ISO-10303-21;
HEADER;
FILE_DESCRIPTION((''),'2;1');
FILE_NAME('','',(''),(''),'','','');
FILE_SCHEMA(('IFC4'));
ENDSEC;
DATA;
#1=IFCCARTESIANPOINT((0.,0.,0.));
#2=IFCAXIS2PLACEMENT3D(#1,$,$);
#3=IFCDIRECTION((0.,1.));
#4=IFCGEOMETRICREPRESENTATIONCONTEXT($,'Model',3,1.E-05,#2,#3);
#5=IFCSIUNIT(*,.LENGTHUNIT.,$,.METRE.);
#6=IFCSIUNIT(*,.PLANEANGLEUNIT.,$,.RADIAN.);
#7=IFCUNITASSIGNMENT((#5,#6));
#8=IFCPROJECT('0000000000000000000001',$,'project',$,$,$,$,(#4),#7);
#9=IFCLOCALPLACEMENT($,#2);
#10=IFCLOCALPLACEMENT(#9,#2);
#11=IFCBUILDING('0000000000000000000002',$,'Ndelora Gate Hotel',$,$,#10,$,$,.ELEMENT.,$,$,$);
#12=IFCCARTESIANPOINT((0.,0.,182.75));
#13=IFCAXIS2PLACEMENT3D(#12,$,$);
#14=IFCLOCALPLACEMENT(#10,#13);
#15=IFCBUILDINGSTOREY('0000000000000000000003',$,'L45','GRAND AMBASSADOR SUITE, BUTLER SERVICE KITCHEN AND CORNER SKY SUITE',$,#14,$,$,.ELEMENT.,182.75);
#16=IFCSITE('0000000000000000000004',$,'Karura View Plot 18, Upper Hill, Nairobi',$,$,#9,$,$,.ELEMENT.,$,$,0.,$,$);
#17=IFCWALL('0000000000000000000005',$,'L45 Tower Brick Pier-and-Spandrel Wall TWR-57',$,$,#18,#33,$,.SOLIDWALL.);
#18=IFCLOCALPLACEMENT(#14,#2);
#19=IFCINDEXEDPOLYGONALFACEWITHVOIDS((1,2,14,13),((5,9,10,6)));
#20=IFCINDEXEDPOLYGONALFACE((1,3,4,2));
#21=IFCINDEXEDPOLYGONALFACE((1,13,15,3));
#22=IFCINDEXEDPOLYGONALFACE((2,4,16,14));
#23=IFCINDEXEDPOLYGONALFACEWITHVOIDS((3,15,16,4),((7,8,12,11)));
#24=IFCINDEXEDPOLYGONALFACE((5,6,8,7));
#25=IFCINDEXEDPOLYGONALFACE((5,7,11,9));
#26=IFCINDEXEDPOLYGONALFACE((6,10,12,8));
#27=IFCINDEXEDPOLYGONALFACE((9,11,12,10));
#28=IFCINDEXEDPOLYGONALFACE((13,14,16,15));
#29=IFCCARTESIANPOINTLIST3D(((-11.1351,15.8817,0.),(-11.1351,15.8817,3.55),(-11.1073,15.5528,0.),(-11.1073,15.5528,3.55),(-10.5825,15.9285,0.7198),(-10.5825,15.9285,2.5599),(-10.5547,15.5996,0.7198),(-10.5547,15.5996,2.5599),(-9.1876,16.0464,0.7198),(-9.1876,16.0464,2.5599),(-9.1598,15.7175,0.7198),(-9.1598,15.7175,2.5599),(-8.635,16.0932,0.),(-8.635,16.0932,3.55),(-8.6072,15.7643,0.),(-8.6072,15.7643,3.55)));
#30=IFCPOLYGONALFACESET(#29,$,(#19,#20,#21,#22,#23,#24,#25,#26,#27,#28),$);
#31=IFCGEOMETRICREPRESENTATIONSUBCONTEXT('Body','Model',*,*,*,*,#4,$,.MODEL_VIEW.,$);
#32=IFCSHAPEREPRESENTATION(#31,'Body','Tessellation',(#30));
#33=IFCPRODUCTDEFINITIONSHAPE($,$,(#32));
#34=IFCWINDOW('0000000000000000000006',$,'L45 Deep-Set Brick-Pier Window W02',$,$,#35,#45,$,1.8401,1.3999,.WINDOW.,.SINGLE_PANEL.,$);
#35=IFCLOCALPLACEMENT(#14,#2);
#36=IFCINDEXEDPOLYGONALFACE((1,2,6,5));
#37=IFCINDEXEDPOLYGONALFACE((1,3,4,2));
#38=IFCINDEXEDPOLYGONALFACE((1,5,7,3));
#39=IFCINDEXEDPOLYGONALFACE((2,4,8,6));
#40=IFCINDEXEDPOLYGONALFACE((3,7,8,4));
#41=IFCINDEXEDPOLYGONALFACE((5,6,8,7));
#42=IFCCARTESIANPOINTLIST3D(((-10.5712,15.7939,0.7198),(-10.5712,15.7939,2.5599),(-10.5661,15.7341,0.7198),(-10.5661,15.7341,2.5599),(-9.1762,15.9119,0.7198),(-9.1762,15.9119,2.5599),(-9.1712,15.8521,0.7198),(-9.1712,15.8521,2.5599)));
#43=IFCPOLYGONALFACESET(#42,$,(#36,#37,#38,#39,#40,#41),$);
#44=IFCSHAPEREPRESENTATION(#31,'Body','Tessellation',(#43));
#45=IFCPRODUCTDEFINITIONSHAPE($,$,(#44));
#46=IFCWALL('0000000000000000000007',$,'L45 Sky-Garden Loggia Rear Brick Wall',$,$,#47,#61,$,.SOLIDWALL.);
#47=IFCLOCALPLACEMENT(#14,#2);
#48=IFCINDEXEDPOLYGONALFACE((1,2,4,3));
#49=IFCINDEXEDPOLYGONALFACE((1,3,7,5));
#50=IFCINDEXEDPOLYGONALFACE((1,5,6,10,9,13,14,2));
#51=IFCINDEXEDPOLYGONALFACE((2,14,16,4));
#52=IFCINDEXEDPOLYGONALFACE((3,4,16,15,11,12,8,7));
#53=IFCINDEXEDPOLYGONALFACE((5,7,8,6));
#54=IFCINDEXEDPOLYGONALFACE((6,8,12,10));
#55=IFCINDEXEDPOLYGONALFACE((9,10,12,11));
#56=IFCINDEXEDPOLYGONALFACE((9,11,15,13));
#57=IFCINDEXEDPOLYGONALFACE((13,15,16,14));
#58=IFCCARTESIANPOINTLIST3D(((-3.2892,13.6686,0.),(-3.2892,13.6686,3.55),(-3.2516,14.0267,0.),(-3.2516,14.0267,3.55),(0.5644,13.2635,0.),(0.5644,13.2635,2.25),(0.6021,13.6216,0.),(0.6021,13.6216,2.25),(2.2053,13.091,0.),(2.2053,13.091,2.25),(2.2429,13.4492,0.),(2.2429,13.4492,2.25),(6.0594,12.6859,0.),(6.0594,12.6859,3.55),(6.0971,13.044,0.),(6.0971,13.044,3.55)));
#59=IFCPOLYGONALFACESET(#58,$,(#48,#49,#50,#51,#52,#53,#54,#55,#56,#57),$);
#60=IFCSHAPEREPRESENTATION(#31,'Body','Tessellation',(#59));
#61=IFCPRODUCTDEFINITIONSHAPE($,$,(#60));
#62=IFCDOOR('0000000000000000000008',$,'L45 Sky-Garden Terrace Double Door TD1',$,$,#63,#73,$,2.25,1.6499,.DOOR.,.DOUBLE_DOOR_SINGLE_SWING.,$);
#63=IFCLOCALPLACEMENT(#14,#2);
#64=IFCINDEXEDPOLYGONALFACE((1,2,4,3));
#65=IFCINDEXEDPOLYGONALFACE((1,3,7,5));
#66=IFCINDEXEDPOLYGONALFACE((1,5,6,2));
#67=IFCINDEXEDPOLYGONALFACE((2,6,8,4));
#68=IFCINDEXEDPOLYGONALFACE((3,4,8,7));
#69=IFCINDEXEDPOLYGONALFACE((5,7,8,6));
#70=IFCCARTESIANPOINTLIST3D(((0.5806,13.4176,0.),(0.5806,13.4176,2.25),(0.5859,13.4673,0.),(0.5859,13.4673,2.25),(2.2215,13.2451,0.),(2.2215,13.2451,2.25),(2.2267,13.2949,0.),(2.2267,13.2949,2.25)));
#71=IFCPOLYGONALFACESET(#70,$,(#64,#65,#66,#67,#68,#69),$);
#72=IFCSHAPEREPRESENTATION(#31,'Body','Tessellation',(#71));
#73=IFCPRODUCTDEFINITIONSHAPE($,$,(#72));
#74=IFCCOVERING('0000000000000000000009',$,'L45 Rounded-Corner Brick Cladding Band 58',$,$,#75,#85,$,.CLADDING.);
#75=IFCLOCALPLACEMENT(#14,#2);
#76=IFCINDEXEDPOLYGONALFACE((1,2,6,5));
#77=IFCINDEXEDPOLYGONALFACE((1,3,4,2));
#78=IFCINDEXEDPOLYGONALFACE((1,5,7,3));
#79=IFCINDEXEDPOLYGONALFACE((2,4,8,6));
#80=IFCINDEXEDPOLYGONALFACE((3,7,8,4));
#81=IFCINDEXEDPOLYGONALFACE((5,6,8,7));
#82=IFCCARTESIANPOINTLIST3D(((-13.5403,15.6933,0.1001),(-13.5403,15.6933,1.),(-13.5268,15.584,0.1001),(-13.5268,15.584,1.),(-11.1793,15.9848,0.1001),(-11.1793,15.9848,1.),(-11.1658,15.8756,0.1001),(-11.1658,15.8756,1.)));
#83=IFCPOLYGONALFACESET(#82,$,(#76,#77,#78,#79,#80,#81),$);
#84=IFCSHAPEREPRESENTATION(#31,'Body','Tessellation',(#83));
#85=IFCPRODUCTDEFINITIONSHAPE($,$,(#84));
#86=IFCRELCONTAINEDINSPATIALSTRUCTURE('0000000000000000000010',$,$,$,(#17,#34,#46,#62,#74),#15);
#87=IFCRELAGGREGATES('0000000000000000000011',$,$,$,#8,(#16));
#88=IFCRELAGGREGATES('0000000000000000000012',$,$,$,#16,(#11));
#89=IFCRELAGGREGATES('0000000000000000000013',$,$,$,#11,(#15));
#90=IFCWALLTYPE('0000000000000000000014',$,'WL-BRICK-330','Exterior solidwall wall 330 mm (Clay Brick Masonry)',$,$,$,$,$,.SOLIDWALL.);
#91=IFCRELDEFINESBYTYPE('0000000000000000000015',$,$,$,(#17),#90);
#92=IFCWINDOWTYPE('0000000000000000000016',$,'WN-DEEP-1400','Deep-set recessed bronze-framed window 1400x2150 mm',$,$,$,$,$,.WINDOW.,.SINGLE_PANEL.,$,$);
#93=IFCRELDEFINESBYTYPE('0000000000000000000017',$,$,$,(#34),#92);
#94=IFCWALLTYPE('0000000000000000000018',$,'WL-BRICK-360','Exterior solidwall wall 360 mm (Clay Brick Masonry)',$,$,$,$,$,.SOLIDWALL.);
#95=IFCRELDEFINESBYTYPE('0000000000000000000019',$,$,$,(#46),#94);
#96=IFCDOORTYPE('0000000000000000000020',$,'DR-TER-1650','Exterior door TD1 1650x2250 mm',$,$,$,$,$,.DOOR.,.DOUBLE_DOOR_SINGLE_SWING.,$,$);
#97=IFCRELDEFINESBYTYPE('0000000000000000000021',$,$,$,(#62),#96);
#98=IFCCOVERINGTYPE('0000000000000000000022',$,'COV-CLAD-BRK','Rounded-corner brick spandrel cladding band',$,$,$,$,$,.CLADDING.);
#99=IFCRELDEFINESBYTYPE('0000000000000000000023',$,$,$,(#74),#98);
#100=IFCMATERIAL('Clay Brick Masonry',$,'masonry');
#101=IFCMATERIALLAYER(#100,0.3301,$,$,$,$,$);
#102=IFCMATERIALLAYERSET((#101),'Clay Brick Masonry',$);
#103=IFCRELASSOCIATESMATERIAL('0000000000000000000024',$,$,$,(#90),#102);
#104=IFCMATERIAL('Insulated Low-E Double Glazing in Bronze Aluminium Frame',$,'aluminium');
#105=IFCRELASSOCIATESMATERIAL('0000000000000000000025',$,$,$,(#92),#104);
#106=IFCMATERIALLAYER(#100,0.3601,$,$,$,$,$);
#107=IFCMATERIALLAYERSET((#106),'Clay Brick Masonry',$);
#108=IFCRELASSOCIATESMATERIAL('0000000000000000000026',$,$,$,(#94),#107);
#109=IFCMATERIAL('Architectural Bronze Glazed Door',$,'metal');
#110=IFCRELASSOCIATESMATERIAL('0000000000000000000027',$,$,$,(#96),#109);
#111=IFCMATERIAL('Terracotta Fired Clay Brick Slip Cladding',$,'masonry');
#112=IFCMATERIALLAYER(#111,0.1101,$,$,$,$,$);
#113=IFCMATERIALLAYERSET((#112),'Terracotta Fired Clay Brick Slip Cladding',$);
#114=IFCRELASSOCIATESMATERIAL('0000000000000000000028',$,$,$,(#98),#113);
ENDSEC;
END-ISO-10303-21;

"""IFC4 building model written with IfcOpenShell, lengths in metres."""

from ifc_helpers import new_model, si_unit, direction, frame, frame_2d, origin, origin_2d, place, context, subcontext, project, spatial, rectangle, extrude, material, layer, layer_set, type_object, element, fill, save


model = new_model("IFC4")

# Units and contexts
model_context = context("Model", 3, precision=1e-05, world=origin(), true_north=direction((0.0, 1.0)))
body_context = subcontext(model_context, "Body", "Model", "MODEL_VIEW")
ifc_project = project(units=[si_unit("LENGTHUNIT", "METRE"), si_unit("PLANEANGLEUNIT", "RADIAN")], contexts=[model_context])

# Site, building, storey
site_placement = place(None, origin())
site = spatial("IfcSite", under=ifc_project, at=site_placement, Name="Karura View Plot 18, Upper Hill, Nairobi", CompositionType="ELEMENT", RefElevation=0.0)
building_placement = place(site_placement, origin())
building = spatial("IfcBuilding", under=site, at=building_placement, Name="Ndelora Gate Hotel", CompositionType="ELEMENT")
storey_placement = place(building_placement, frame((0.0, 0.0, 182.75)))
storey = spatial("IfcBuildingStorey", under=building, at=storey_placement, Name="L45", Description="GRAND AMBASSADOR SUITE, BUTLER SERVICE KITCHEN AND CORNER SKY SUITE", CompositionType="ELEMENT", Elevation=182.75)

# Wall, opening, window
ifc_material_1 = material(Name="Clay Brick Masonry", Category="masonry")
ifc_layer_1 = layer(ifc_material_1, 0.3301)
ifc_layer_set_1 = layer_set([ifc_layer_1], Name="Clay Brick Masonry")
wall_type_1 = type_object("IfcWallType", Name="WL-BRICK-330", Description="Exterior solidwall wall 330 mm (Clay Brick Masonry)", PredefinedType="SOLIDWALL", material=ifc_layer_set_1)
ifc_material_2 = material(Name="Insulated Low-E Double Glazing in Bronze Aluminium Frame", Category="aluminium")
window_type = type_object("IfcWindowType", Name="WN-DEEP-1400", Description="Deep-set recessed bronze-framed window 1400x2150 mm", PartitioningType="SINGLE_PANEL", PredefinedType="WINDOW", material=ifc_material_2)
wall_1_placement = place(storey_placement, frame((-11.1211, 15.7173, 0.0), z_axis=(0.0, 0.0, 1.0), x_axis=(0.996443, 0.084269, 0.0)))
wall_1 = element("IfcWall", 1, at=wall_1_placement, inside=storey, type_object=wall_type_1, Name="L45 Tower Brick Pier-and-Spandrel Wall TWR-57", PredefinedType="SOLIDWALL", context=body_context, shape_type="SweptSolid", body=[
    extrude(rectangle(XDim=2.509, YDim=0.3301, at=frame_2d((1.2544, 0.0))), origin(), (0.0, 0.0, 1.0), 3.55),
])
opening_1_placement = place(wall_1_placement, frame((0.5544, 0.0, 0.72)))
opening_1 = element("IfcOpeningElement", 2, at=opening_1_placement, cuts=wall_1, PredefinedType="OPENING", context=body_context, shape_type="SweptSolid", body=[
    extrude(rectangle(XDim=1.3999, YDim=1.8401, at=frame_2d((0.7, 0.9199))), frame((0.0, 0.175, 0.0), z_axis=(0.0, -1.0, 0.0), x_axis=(1.0, 0.0, 0.0)), (0.0, 0.0, 1.0), 0.3501),
])
window_1_placement = place(opening_1_placement, origin())
window_1 = element("IfcWindow", 3, at=window_1_placement, inside=storey, type_object=window_type, Name="L45 Deep-Set Brick-Pier Window W02", OverallHeight=1.8401, OverallWidth=1.3999, PartitioningType="SINGLE_PANEL", PredefinedType="WINDOW", context=body_context, shape_type="SweptSolid", body=[
    extrude(rectangle(XDim=1.3999, YDim=1.8401, at=frame_2d((0.7, 0.9199))), frame((0.0, 0.03, 0.0), z_axis=(0.0, -1.0, 0.0), x_axis=(1.0, 0.0, 0.0)), (0.0, 0.0, 1.0), 0.0601),
])
fill(opening_1, window_1)

# Wall, opening, door
ifc_layer_2 = layer(ifc_material_1, 0.3601)
ifc_layer_set_2 = layer_set([ifc_layer_2], Name="Clay Brick Masonry")
wall_type_2 = type_object("IfcWallType", Name="WL-BRICK-360", Description="Exterior solidwall wall 360 mm (Clay Brick Masonry)", PredefinedType="SOLIDWALL", material=ifc_layer_set_2)
wall_2_placement = place(storey_placement, frame((-3.2705, 13.8477, 0.0), z_axis=(0.0, 0.0, 1.0), x_axis=(0.994521, -0.104537, 0.0)))
wall_2 = element("IfcWall", 4, at=wall_2_placement, inside=storey, type_object=wall_type_2, Name="L45 Sky-Garden Loggia Rear Brick Wall", PredefinedType="SOLIDWALL", context=body_context, shape_type="SweptSolid", body=[
    extrude(rectangle(XDim=9.4001, YDim=0.3601, at=frame_2d((4.7002, 0.0))), origin(), (0.0, 0.0, 1.0), 3.55),
])
opening_2_placement = place(wall_2_placement, frame((3.875, 0.0, 0.0)))
opening_2 = element("IfcOpeningElement", 5, at=opening_2_placement, cuts=wall_2, PredefinedType="OPENING", context=body_context, shape_type="SweptSolid", body=[
    extrude(rectangle(XDim=1.6499, YDim=2.25, at=frame_2d((0.825, 1.125))), frame((0.0, 0.1899, 0.0), z_axis=(0.0, -1.0, 0.0), x_axis=(1.0, 0.0, 0.0)), (0.0, 0.0, 1.0), 0.3801),
])
ifc_material_3 = material(Name="Architectural Bronze Glazed Door", Category="metal")
door_type = type_object("IfcDoorType", Name="DR-TER-1650", Description="Exterior door TD1 1650x2250 mm", OperationType="DOUBLE_DOOR_SINGLE_SWING", PredefinedType="DOOR", material=ifc_material_3)
door_placement = place(opening_2_placement, origin())
door = element("IfcDoor", 6, at=door_placement, inside=storey, type_object=door_type, Name="L45 Sky-Garden Terrace Double Door TD1", OperationType="DOUBLE_DOOR_SINGLE_SWING", OverallHeight=2.25, OverallWidth=1.6499, PredefinedType="DOOR", context=body_context, shape_type="SweptSolid", body=[
    extrude(rectangle(XDim=1.6499, YDim=2.25, at=frame_2d((0.825, 1.125))), frame((0.0, 0.0249, 0.0), z_axis=(0.0, -1.0, 0.0), x_axis=(1.0, 0.0, 0.0)), (0.0, 0.0, 1.0), 0.05),
])
fill(opening_2, door)

# Covering
ifc_material_4 = material(Name="Terracotta Fired Clay Brick Slip Cladding", Category="masonry")
ifc_layer_3 = layer(ifc_material_4, 0.1101)
ifc_layer_set_3 = layer_set([ifc_layer_3], Name="Terracotta Fired Clay Brick Slip Cladding")
covering_type = type_object("IfcCoveringType", Name="COV-CLAD-BRK", Description="Rounded-corner brick spandrel cladding band", PredefinedType="CLADDING", material=ifc_layer_set_3)
covering_placement = place(storey_placement, frame((-12.353, 15.7844, 0.1001), z_axis=(0.0, 0.0, 1.0), x_axis=(0.992461, 0.122562, 0.0)))
element("IfcCovering", 7, at=covering_placement, inside=storey, type_object=covering_type, Name="L45 Rounded-Corner Brick Cladding Band 58", PredefinedType="CLADDING", context=body_context, shape_type="SweptSolid", body=[
    extrude(rectangle(XDim=2.3789, YDim=0.1101, at=origin_2d()), origin(), (0.0, 0.0, 1.0), 0.8999),
])

save(model, "model.ifc")
